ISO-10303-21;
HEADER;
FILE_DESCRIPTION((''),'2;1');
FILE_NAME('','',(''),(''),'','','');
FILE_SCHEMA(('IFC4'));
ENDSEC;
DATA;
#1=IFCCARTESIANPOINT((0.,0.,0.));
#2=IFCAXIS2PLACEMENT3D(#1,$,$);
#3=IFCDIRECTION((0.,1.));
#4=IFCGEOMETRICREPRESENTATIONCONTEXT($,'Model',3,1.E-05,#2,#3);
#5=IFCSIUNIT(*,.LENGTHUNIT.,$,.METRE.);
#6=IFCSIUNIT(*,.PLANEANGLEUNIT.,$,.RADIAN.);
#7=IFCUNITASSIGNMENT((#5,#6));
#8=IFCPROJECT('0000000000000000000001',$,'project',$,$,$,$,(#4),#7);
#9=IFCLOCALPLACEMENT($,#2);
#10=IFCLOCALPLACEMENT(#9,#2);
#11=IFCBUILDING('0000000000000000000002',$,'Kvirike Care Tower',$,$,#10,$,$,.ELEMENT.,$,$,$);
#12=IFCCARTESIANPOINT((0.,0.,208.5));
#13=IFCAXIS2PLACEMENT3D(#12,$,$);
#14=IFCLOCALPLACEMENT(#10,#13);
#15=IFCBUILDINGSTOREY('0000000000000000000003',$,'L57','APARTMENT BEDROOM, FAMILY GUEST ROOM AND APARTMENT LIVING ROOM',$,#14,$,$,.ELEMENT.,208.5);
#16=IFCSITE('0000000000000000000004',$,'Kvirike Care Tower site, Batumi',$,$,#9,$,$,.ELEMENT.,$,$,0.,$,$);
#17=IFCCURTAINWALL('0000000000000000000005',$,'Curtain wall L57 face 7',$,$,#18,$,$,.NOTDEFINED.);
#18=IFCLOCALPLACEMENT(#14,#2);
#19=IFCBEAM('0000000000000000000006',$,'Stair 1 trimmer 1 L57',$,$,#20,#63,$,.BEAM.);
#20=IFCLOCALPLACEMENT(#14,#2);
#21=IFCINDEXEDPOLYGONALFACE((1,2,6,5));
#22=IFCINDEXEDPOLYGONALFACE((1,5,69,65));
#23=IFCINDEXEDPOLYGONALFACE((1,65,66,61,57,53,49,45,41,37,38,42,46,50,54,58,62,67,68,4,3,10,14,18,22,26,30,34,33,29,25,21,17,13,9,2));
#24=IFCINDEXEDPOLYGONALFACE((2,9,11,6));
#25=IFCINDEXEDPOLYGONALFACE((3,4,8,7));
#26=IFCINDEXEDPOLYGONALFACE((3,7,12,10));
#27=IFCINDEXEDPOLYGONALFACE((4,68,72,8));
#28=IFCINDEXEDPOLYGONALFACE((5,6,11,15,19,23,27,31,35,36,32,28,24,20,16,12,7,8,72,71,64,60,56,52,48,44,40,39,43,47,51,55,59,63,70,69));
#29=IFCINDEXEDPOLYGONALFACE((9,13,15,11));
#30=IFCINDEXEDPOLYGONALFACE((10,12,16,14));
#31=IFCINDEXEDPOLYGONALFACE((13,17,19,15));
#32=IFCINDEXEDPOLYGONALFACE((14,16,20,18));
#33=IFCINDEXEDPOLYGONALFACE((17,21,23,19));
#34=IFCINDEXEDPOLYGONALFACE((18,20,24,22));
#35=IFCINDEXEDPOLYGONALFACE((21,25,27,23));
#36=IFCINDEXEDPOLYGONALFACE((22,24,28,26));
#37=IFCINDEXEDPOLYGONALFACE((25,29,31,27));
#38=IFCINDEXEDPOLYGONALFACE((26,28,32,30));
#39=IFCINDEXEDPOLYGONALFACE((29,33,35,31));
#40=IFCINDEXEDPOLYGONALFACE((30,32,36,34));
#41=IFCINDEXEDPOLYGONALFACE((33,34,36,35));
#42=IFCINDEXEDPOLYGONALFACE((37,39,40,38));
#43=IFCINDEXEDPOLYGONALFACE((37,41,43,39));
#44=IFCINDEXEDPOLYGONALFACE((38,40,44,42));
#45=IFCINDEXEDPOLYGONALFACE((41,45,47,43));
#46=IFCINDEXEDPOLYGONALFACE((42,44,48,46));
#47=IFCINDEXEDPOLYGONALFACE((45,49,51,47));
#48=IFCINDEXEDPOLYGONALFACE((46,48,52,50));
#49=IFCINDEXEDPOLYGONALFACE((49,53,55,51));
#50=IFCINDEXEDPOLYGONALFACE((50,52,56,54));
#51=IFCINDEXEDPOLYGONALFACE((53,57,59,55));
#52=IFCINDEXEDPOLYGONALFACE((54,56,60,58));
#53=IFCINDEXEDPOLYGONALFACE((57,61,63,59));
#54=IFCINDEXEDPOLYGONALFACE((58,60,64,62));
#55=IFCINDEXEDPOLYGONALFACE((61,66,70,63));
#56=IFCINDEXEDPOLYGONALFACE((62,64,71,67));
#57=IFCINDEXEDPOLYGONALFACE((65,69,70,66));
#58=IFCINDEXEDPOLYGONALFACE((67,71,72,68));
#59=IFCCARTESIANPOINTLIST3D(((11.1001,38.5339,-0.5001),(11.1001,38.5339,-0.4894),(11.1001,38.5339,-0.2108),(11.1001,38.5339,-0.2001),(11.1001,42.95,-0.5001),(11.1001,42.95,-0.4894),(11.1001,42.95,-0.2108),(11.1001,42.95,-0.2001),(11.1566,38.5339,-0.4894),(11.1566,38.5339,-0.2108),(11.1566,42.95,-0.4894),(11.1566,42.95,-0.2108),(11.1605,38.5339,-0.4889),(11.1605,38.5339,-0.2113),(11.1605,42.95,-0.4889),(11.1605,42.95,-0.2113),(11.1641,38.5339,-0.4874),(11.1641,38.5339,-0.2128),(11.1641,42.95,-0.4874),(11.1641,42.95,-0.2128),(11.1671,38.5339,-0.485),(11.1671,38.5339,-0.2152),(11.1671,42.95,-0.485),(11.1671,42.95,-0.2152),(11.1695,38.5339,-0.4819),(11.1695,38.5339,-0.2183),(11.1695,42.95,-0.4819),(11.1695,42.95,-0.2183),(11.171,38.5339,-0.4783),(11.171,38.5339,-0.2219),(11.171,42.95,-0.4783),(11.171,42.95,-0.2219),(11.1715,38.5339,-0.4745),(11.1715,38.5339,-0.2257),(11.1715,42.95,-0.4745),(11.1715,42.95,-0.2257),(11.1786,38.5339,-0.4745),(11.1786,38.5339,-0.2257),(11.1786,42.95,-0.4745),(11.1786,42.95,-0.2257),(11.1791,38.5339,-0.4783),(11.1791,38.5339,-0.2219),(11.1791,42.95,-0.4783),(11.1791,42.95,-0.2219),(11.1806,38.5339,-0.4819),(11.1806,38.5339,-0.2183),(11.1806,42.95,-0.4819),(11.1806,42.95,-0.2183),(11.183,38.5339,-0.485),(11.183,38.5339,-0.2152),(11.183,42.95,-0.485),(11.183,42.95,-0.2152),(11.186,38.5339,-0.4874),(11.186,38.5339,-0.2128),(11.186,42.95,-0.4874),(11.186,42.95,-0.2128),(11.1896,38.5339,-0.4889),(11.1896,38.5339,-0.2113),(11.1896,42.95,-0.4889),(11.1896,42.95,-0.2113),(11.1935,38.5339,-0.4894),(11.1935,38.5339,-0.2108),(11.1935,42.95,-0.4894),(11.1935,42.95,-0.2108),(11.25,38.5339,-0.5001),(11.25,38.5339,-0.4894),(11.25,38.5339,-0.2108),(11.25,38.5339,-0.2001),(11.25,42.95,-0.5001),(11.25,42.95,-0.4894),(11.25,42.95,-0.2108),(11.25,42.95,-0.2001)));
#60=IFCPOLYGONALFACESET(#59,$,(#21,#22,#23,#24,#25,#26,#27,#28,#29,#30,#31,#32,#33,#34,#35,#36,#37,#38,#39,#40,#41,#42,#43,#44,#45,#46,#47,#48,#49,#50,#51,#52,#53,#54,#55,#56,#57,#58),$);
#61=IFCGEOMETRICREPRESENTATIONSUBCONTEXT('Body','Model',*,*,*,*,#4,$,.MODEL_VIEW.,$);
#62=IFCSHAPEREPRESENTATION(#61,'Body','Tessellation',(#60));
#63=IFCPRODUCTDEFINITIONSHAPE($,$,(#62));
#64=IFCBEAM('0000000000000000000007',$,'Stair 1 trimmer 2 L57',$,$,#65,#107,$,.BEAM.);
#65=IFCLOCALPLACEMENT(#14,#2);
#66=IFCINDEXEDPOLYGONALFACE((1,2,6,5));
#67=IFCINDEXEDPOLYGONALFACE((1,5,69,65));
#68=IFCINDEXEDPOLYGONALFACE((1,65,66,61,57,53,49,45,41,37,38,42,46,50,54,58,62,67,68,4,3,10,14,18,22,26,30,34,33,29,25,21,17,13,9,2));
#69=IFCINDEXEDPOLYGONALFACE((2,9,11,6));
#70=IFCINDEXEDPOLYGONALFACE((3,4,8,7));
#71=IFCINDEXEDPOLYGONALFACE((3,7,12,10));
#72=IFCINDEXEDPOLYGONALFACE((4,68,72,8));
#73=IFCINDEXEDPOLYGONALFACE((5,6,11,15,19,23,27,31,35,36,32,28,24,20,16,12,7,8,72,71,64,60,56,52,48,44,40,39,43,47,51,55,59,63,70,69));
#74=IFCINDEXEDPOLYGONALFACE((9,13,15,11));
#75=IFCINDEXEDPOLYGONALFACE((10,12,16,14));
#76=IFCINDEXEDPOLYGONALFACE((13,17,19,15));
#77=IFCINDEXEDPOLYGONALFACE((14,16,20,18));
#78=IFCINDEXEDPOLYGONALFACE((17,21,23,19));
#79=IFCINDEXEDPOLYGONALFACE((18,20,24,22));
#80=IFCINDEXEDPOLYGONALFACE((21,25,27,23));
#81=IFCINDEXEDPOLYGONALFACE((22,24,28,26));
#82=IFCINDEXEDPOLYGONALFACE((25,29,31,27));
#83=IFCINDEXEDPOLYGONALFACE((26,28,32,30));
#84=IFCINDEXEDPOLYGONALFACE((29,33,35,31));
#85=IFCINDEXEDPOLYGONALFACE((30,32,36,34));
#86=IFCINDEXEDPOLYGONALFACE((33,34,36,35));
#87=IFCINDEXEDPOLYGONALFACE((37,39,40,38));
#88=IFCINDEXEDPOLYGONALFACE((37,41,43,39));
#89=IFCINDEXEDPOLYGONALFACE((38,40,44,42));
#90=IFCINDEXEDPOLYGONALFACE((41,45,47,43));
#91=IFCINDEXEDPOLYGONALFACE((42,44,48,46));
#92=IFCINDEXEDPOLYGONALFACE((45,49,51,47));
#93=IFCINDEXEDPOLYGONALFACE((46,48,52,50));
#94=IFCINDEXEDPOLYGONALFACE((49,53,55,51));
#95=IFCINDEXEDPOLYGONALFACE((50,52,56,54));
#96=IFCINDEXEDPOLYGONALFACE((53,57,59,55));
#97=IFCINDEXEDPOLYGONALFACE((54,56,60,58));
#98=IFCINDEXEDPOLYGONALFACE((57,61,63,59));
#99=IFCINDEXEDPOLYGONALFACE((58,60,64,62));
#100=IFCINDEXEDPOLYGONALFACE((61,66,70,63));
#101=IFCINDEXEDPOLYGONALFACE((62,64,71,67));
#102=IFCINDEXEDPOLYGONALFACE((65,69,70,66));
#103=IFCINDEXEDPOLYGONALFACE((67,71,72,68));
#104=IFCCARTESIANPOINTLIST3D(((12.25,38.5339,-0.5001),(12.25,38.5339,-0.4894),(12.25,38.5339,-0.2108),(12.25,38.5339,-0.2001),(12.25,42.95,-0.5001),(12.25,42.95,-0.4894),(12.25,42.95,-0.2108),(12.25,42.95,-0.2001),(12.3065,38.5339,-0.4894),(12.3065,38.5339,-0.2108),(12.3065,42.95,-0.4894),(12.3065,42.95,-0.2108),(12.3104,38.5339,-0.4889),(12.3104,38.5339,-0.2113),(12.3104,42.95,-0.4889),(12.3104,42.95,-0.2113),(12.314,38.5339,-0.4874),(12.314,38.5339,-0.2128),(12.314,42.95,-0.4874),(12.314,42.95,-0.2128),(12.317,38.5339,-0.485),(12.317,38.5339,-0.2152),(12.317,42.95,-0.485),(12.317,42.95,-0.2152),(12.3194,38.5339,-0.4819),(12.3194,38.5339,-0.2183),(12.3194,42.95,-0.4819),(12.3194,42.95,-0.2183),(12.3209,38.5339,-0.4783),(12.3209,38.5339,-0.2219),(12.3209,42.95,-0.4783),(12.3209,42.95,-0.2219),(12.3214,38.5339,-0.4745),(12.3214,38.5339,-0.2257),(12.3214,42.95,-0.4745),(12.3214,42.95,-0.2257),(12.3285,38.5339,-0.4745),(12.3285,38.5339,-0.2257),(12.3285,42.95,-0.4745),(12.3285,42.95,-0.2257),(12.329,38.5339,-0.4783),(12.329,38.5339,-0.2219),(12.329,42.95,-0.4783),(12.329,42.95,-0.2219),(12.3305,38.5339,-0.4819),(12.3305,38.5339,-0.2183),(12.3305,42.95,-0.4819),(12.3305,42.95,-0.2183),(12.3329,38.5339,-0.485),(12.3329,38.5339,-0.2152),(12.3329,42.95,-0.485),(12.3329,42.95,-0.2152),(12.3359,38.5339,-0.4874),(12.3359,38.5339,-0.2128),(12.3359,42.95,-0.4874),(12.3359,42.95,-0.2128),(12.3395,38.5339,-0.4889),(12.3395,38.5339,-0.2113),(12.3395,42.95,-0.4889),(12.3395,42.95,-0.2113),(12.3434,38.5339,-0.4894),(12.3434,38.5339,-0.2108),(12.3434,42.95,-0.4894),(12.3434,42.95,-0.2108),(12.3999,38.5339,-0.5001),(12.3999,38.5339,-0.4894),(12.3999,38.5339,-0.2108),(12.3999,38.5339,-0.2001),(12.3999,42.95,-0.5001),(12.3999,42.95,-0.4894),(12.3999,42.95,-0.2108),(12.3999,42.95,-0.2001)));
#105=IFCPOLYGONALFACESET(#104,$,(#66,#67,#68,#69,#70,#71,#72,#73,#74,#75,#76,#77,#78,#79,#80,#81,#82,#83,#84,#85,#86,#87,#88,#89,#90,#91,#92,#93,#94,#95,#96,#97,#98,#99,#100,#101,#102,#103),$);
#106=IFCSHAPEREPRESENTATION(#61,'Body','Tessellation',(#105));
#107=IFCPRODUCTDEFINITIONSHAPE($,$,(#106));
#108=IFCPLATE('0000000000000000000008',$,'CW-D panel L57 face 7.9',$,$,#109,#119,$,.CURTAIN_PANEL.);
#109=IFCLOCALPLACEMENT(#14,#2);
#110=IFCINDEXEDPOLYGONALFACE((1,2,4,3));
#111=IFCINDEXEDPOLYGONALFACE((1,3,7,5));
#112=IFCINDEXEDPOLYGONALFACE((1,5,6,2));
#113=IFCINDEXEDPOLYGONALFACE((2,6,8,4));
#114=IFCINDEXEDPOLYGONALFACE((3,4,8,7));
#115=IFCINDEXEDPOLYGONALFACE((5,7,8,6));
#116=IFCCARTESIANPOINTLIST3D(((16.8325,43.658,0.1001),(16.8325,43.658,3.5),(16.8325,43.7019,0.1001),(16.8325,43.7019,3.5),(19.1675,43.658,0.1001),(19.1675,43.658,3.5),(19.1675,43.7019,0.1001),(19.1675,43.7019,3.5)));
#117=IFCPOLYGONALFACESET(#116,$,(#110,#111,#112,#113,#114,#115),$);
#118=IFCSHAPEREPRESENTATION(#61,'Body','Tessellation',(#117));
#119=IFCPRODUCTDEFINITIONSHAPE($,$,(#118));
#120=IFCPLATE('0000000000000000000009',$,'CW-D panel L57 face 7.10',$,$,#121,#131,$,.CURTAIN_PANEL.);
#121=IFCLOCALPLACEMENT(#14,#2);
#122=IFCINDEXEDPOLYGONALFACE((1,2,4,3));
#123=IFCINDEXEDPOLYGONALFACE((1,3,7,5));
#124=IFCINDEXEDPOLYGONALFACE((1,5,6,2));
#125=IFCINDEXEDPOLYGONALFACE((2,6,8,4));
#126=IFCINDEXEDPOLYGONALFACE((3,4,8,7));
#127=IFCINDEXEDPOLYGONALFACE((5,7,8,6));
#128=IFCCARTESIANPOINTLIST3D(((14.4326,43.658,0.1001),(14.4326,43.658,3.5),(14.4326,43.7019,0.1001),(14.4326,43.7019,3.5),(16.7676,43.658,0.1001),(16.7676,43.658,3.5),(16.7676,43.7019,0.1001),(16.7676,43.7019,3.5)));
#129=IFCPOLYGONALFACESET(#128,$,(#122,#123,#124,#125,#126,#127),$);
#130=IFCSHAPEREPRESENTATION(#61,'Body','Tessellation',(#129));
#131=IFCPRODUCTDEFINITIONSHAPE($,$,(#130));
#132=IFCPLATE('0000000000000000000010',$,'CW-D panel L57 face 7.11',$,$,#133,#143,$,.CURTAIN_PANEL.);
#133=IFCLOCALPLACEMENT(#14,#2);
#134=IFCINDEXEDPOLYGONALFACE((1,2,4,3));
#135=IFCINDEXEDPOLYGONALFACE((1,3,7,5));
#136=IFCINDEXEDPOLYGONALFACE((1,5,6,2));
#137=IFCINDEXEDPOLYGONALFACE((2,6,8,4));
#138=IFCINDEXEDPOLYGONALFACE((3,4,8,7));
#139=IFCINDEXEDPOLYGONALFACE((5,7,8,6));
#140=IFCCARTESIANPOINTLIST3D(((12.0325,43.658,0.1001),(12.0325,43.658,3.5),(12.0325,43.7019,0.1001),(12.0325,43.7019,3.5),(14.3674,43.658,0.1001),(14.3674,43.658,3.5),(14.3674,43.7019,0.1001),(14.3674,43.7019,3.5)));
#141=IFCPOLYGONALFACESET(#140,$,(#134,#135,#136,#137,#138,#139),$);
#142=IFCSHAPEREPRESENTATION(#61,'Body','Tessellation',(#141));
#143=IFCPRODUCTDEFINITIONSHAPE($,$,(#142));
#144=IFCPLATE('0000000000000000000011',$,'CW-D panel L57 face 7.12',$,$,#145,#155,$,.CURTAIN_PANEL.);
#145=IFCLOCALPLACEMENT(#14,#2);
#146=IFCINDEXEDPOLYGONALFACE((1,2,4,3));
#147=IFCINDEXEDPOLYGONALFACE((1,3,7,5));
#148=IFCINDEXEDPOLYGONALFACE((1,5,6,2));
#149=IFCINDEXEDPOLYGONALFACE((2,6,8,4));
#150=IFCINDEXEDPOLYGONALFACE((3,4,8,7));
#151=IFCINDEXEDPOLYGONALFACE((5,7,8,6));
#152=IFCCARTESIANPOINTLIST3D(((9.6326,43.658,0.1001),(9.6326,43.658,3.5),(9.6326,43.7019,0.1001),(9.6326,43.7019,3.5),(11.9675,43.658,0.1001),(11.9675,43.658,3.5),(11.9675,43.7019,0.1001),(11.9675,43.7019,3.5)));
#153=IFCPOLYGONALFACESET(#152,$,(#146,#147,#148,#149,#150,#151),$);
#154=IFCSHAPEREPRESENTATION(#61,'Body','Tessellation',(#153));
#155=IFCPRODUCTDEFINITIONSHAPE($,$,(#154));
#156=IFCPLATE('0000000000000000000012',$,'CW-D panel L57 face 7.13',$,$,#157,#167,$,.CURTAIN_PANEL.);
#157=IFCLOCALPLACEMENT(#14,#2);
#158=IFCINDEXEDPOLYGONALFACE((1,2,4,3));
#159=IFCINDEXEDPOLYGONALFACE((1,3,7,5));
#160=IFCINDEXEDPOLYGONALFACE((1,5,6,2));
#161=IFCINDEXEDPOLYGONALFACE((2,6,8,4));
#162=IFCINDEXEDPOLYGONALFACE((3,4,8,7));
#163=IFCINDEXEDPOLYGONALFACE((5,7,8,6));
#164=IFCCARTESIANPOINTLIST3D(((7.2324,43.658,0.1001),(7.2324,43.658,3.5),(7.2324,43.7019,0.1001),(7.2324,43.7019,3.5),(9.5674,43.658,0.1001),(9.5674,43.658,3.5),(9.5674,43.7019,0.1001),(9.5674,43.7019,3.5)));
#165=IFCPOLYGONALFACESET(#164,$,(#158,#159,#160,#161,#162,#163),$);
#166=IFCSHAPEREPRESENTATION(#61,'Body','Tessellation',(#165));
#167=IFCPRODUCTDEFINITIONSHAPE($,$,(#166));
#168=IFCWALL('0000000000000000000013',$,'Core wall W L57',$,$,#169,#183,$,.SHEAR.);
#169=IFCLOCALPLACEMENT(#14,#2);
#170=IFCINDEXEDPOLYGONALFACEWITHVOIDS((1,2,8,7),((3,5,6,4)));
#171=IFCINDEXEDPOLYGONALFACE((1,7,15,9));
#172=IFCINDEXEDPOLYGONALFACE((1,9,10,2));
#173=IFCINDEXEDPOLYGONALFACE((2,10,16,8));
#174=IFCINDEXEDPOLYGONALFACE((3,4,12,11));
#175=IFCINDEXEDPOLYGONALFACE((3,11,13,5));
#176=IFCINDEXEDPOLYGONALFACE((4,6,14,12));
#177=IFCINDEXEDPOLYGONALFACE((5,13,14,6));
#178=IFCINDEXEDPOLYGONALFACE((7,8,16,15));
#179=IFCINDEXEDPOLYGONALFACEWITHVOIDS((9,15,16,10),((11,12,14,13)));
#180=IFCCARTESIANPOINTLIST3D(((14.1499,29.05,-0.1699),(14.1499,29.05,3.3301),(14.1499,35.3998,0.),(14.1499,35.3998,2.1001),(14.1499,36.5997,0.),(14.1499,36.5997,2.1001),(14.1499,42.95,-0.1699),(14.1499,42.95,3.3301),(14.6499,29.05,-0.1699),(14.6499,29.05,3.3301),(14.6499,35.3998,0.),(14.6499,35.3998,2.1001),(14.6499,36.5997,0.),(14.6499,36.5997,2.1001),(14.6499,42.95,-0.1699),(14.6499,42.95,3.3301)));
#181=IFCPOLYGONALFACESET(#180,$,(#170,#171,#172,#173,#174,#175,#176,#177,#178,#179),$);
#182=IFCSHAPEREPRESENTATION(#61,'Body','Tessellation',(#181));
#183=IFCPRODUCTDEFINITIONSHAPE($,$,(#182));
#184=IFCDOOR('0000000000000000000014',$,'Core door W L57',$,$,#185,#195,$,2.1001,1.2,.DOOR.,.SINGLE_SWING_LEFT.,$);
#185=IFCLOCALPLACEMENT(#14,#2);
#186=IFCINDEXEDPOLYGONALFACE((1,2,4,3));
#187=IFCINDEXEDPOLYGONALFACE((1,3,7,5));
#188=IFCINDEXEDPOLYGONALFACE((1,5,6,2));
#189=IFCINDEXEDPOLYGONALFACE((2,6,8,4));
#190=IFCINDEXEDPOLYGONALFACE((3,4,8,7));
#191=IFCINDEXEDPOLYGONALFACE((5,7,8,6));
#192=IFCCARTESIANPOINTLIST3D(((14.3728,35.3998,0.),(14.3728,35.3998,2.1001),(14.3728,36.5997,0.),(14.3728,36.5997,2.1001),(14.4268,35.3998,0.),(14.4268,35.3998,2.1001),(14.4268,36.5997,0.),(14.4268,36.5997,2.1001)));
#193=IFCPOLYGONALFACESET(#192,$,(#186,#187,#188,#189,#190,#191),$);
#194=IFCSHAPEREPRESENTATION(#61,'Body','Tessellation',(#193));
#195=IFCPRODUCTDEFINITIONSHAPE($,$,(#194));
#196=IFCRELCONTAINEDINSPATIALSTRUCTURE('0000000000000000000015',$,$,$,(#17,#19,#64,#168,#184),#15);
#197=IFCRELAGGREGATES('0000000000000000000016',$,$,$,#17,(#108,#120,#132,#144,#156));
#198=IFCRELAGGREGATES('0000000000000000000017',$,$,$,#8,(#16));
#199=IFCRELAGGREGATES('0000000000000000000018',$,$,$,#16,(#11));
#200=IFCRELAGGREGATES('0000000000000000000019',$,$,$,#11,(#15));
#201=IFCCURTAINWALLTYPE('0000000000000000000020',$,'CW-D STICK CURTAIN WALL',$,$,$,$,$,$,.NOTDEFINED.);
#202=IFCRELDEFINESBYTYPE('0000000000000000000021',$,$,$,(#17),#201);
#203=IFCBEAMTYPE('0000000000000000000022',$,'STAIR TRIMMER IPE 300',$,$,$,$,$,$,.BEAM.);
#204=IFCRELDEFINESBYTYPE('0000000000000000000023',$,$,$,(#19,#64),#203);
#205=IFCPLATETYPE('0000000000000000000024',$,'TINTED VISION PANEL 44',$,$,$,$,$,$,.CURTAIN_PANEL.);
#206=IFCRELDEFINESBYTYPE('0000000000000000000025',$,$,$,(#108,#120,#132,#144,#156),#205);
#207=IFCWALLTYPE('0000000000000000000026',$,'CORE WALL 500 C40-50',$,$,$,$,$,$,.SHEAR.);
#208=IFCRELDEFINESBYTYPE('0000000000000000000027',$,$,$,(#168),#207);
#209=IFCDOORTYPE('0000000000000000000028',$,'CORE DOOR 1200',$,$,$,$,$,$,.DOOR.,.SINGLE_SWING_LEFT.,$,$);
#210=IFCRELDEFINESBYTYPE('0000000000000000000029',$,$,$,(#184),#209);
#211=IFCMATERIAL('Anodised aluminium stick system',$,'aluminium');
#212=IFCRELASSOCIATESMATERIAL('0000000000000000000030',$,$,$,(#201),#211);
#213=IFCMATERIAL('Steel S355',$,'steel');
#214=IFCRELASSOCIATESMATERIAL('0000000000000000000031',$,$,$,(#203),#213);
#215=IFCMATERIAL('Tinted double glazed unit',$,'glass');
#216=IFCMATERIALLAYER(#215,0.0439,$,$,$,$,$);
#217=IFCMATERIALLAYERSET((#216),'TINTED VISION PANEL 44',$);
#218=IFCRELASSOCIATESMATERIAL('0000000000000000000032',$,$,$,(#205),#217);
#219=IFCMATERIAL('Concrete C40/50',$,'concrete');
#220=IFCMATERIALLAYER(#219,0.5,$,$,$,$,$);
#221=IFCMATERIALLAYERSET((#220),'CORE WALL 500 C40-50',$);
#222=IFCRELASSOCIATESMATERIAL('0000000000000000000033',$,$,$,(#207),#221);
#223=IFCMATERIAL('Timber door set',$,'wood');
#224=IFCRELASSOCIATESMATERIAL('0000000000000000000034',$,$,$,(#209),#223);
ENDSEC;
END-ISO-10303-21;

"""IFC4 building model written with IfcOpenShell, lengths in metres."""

from ifc_helpers import new_model, si_unit, direction, frame, frame_2d, origin, origin_2d, place, context, subcontext, project, spatial, rectangle, i_section, extrude, material, layer, layer_set, material_profile, profile_set, type_object, element, fill, aggregate, save


model = new_model("IFC4")

# Units and contexts
model_context = context("Model", 3, precision=1e-05, world=origin(), true_north=direction((0.0, 1.0)))
body_context = subcontext(model_context, "Body", "Model", "MODEL_VIEW")
ifc_project = project(units=[si_unit("LENGTHUNIT", "METRE"), si_unit("PLANEANGLEUNIT", "RADIAN")], contexts=[model_context])

# Site, building, storey
site_placement = place(None, origin())
site = spatial("IfcSite", under=ifc_project, at=site_placement, Name="Kvirike Care Tower site, Batumi", CompositionType="ELEMENT", RefElevation=0.0)
building_placement = place(site_placement, origin())
building = spatial("IfcBuilding", under=site, at=building_placement, Name="Kvirike Care Tower", CompositionType="ELEMENT")
storey_placement = place(building_placement, frame((0.0, 0.0, 208.5)))
storey = spatial("IfcBuildingStorey", under=building, at=storey_placement, Name="L57", Description="APARTMENT BEDROOM, FAMILY GUEST ROOM AND APARTMENT LIVING ROOM", CompositionType="ELEMENT", Elevation=208.5)

# Curtain wall
ifc_material_1 = material(Name="Anodised aluminium stick system", Category="aluminium")
curtain_wall_type = type_object("IfcCurtainWallType", Name="CW-D STICK CURTAIN WALL", PredefinedType="NOTDEFINED", material=ifc_material_1)
curtain_wall_placement = place(storey_placement, origin())
curtain_wall = element("IfcCurtainWall", 1, at=curtain_wall_placement, inside=storey, type_object=curtain_wall_type, Name="Curtain wall L57 face 7", PredefinedType="NOTDEFINED")

# Beams
ifc_material_2 = material(Name="Steel S355", Category="steel")
ifc_material_profile_1 = material_profile(ifc_material_2, i_section(OverallWidth=0.1499, OverallDepth=0.3, WebThickness=0.0071, FlangeThickness=0.0107, FilletRadius=0.0149, at=origin_2d()), Name="IPE 300")
ifc_profile_set_1 = profile_set([ifc_material_profile_1], Name="Steel S355")
beam_type_1 = type_object("IfcBeamType", Name="STAIR TRIMMER IPE 300", PredefinedType="BEAM", material=ifc_profile_set_1)
for number, where, z_axis, x_axis, name in (
    (2, (11.175, 42.95, -0.3501), (0.0, -1.0, 0.0), (1.0, 0.0, 0.0), "Stair 1 trimmer 1 L57"),
    (3, (12.325, 42.95, -0.3501), (0.0, -1.0, 0.0), (1.0, 0.0, 0.0), "Stair 1 trimmer 2 L57"),
):
    element("IfcBeam", number, at=place(storey_placement, frame(where, z_axis=z_axis, x_axis=x_axis)), inside=storey, type_object=beam_type_1, Name=name, PredefinedType="BEAM", context=body_context, shape_type="SweptSolid", body=[
        extrude(i_section(OverallWidth=0.1499, OverallDepth=0.3, WebThickness=0.0071, FlangeThickness=0.0107, FilletRadius=0.0149, at=origin_2d()), origin(), (0.0, 0.0, 1.0), 4.416),
    ])

# Plates
ifc_material_3 = material(Name="Tinted double glazed unit", Category="glass")
ifc_layer_1 = layer(ifc_material_3, 0.0439)
ifc_layer_set_1 = layer_set([ifc_layer_1], Name="TINTED VISION PANEL 44")
plate_type = type_object("IfcPlateType", Name="TINTED VISION PANEL 44", PredefinedType="CURTAIN_PANEL", material=ifc_layer_set_1)
plate_1_placement = place(storey_placement, frame((18.0, 43.6799, 0.1001), z_axis=(0.0, 0.0, 1.0), x_axis=(-1.0, 0.0, 0.0)))
plate_1 = element("IfcPlate", 4, at=plate_1_placement, type_object=plate_type, Name="CW-D panel L57 face 7.9", PredefinedType="CURTAIN_PANEL", context=body_context, shape_type="SweptSolid", body=[
    extrude(rectangle(XDim=2.335, YDim=0.0439, at=origin_2d()), origin(), (0.0, 0.0, 1.0), 3.3999),
])
plate_2_placement = place(storey_placement, frame((15.6001, 43.6799, 0.1001), z_axis=(0.0, 0.0, 1.0), x_axis=(-1.0, 0.0, 0.0)))
plate_2 = element("IfcPlate", 5, at=plate_2_placement, type_object=plate_type, Name="CW-D panel L57 face 7.10", PredefinedType="CURTAIN_PANEL", context=body_context, shape_type="SweptSolid", body=[
    extrude(rectangle(XDim=2.335, YDim=0.0439, at=origin_2d()), origin(), (0.0, 0.0, 1.0), 3.3999),
])
plate_3_placement = place(storey_placement, frame((13.2, 43.6799, 0.1001), z_axis=(0.0, 0.0, 1.0), x_axis=(-1.0, 0.0, 0.0)))
plate_3 = element("IfcPlate", 6, at=plate_3_placement, type_object=plate_type, Name="CW-D panel L57 face 7.11", PredefinedType="CURTAIN_PANEL", context=body_context, shape_type="SweptSolid", body=[
    extrude(rectangle(XDim=2.335, YDim=0.0439, at=origin_2d()), origin(), (0.0, 0.0, 1.0), 3.3999),
])
plate_4_placement = place(storey_placement, frame((10.8, 43.6799, 0.1001), z_axis=(0.0, 0.0, 1.0), x_axis=(-1.0, 0.0, 0.0)))
plate_4 = element("IfcPlate", 7, at=plate_4_placement, type_object=plate_type, Name="CW-D panel L57 face 7.12", PredefinedType="CURTAIN_PANEL", context=body_context, shape_type="SweptSolid", body=[
    extrude(rectangle(XDim=2.335, YDim=0.0439, at=origin_2d()), origin(), (0.0, 0.0, 1.0), 3.3999),
])
plate_5_placement = place(storey_placement, frame((8.3999, 43.6799, 0.1001), z_axis=(0.0, 0.0, 1.0), x_axis=(-1.0, 0.0, 0.0)))
plate_5 = element("IfcPlate", 8, at=plate_5_placement, type_object=plate_type, Name="CW-D panel L57 face 7.13", PredefinedType="CURTAIN_PANEL", context=body_context, shape_type="SweptSolid", body=[
    extrude(rectangle(XDim=2.335, YDim=0.0439, at=origin_2d()), origin(), (0.0, 0.0, 1.0), 3.3999),
])
aggregate(curtain_wall, [plate_1, plate_2, plate_3, plate_4, plate_5])

# Wall, opening, door
ifc_material_4 = material(Name="Concrete C40/50", Category="concrete")
ifc_layer_2 = layer(ifc_material_4, 0.5)
ifc_layer_set_2 = layer_set([ifc_layer_2], Name="CORE WALL 500 C40-50")
wall_type_1 = type_object("IfcWallType", Name="CORE WALL 500 C40-50", PredefinedType="SHEAR", material=ifc_layer_set_2)
wall_1_placement = place(storey_placement, frame((14.3999, 42.95, -0.1699), z_axis=(0.0, 0.0, 1.0), x_axis=(0.0, -1.0, 0.0)))
wall_1 = element("IfcWall", 9, at=wall_1_placement, inside=storey, type_object=wall_type_1, Name="Core wall W L57", PredefinedType="SHEAR", context=body_context, shape_type="SweptSolid", body=[
    extrude(rectangle(XDim=13.8999, YDim=0.5, at=frame_2d((6.95, 0.0))), origin(), (0.0, 0.0, 1.0), 3.5),
])
opening_1_placement = place(wall_1_placement, frame((6.3501, 0.0, 0.1699)))
opening_1 = element("IfcOpeningElement", 10, at=opening_1_placement, cuts=wall_1, PredefinedType="OPENING", context=body_context, shape_type="SweptSolid", body=[
    extrude(rectangle(XDim=1.2, YDim=2.1001, at=frame_2d((0.6001, 1.05))), frame((0.0, 0.2605, 0.0), z_axis=(0.0, -1.0, 0.0), x_axis=(1.0, 0.0, 0.0)), (0.0, 0.0, 1.0), 0.521),
])
ifc_material_5 = material(Name="Timber door set", Category="wood")
door_type_1 = type_object("IfcDoorType", Name="CORE DOOR 1200", OperationType="SINGLE_SWING_LEFT", PredefinedType="DOOR", material=ifc_material_5)
door_1_placement = place(opening_1_placement, origin())
door_1 = element("IfcDoor", 11, at=door_1_placement, inside=storey, type_object=door_type_1, Name="Core door W L57", OperationType="SINGLE_SWING_LEFT", OverallHeight=2.1001, OverallWidth=1.2, PredefinedType="DOOR", context=body_context, shape_type="SweptSolid", body=[
    extrude(rectangle(XDim=1.2, YDim=2.1001, at=frame_2d((0.6001, 1.05))), frame((0.0, 0.0269, 0.0), z_axis=(0.0, -1.0, 0.0), x_axis=(1.0, 0.0, 0.0)), (0.0, 0.0, 1.0), 0.054),
])
fill(opening_1, door_1)

save(model, "model.ifc")
